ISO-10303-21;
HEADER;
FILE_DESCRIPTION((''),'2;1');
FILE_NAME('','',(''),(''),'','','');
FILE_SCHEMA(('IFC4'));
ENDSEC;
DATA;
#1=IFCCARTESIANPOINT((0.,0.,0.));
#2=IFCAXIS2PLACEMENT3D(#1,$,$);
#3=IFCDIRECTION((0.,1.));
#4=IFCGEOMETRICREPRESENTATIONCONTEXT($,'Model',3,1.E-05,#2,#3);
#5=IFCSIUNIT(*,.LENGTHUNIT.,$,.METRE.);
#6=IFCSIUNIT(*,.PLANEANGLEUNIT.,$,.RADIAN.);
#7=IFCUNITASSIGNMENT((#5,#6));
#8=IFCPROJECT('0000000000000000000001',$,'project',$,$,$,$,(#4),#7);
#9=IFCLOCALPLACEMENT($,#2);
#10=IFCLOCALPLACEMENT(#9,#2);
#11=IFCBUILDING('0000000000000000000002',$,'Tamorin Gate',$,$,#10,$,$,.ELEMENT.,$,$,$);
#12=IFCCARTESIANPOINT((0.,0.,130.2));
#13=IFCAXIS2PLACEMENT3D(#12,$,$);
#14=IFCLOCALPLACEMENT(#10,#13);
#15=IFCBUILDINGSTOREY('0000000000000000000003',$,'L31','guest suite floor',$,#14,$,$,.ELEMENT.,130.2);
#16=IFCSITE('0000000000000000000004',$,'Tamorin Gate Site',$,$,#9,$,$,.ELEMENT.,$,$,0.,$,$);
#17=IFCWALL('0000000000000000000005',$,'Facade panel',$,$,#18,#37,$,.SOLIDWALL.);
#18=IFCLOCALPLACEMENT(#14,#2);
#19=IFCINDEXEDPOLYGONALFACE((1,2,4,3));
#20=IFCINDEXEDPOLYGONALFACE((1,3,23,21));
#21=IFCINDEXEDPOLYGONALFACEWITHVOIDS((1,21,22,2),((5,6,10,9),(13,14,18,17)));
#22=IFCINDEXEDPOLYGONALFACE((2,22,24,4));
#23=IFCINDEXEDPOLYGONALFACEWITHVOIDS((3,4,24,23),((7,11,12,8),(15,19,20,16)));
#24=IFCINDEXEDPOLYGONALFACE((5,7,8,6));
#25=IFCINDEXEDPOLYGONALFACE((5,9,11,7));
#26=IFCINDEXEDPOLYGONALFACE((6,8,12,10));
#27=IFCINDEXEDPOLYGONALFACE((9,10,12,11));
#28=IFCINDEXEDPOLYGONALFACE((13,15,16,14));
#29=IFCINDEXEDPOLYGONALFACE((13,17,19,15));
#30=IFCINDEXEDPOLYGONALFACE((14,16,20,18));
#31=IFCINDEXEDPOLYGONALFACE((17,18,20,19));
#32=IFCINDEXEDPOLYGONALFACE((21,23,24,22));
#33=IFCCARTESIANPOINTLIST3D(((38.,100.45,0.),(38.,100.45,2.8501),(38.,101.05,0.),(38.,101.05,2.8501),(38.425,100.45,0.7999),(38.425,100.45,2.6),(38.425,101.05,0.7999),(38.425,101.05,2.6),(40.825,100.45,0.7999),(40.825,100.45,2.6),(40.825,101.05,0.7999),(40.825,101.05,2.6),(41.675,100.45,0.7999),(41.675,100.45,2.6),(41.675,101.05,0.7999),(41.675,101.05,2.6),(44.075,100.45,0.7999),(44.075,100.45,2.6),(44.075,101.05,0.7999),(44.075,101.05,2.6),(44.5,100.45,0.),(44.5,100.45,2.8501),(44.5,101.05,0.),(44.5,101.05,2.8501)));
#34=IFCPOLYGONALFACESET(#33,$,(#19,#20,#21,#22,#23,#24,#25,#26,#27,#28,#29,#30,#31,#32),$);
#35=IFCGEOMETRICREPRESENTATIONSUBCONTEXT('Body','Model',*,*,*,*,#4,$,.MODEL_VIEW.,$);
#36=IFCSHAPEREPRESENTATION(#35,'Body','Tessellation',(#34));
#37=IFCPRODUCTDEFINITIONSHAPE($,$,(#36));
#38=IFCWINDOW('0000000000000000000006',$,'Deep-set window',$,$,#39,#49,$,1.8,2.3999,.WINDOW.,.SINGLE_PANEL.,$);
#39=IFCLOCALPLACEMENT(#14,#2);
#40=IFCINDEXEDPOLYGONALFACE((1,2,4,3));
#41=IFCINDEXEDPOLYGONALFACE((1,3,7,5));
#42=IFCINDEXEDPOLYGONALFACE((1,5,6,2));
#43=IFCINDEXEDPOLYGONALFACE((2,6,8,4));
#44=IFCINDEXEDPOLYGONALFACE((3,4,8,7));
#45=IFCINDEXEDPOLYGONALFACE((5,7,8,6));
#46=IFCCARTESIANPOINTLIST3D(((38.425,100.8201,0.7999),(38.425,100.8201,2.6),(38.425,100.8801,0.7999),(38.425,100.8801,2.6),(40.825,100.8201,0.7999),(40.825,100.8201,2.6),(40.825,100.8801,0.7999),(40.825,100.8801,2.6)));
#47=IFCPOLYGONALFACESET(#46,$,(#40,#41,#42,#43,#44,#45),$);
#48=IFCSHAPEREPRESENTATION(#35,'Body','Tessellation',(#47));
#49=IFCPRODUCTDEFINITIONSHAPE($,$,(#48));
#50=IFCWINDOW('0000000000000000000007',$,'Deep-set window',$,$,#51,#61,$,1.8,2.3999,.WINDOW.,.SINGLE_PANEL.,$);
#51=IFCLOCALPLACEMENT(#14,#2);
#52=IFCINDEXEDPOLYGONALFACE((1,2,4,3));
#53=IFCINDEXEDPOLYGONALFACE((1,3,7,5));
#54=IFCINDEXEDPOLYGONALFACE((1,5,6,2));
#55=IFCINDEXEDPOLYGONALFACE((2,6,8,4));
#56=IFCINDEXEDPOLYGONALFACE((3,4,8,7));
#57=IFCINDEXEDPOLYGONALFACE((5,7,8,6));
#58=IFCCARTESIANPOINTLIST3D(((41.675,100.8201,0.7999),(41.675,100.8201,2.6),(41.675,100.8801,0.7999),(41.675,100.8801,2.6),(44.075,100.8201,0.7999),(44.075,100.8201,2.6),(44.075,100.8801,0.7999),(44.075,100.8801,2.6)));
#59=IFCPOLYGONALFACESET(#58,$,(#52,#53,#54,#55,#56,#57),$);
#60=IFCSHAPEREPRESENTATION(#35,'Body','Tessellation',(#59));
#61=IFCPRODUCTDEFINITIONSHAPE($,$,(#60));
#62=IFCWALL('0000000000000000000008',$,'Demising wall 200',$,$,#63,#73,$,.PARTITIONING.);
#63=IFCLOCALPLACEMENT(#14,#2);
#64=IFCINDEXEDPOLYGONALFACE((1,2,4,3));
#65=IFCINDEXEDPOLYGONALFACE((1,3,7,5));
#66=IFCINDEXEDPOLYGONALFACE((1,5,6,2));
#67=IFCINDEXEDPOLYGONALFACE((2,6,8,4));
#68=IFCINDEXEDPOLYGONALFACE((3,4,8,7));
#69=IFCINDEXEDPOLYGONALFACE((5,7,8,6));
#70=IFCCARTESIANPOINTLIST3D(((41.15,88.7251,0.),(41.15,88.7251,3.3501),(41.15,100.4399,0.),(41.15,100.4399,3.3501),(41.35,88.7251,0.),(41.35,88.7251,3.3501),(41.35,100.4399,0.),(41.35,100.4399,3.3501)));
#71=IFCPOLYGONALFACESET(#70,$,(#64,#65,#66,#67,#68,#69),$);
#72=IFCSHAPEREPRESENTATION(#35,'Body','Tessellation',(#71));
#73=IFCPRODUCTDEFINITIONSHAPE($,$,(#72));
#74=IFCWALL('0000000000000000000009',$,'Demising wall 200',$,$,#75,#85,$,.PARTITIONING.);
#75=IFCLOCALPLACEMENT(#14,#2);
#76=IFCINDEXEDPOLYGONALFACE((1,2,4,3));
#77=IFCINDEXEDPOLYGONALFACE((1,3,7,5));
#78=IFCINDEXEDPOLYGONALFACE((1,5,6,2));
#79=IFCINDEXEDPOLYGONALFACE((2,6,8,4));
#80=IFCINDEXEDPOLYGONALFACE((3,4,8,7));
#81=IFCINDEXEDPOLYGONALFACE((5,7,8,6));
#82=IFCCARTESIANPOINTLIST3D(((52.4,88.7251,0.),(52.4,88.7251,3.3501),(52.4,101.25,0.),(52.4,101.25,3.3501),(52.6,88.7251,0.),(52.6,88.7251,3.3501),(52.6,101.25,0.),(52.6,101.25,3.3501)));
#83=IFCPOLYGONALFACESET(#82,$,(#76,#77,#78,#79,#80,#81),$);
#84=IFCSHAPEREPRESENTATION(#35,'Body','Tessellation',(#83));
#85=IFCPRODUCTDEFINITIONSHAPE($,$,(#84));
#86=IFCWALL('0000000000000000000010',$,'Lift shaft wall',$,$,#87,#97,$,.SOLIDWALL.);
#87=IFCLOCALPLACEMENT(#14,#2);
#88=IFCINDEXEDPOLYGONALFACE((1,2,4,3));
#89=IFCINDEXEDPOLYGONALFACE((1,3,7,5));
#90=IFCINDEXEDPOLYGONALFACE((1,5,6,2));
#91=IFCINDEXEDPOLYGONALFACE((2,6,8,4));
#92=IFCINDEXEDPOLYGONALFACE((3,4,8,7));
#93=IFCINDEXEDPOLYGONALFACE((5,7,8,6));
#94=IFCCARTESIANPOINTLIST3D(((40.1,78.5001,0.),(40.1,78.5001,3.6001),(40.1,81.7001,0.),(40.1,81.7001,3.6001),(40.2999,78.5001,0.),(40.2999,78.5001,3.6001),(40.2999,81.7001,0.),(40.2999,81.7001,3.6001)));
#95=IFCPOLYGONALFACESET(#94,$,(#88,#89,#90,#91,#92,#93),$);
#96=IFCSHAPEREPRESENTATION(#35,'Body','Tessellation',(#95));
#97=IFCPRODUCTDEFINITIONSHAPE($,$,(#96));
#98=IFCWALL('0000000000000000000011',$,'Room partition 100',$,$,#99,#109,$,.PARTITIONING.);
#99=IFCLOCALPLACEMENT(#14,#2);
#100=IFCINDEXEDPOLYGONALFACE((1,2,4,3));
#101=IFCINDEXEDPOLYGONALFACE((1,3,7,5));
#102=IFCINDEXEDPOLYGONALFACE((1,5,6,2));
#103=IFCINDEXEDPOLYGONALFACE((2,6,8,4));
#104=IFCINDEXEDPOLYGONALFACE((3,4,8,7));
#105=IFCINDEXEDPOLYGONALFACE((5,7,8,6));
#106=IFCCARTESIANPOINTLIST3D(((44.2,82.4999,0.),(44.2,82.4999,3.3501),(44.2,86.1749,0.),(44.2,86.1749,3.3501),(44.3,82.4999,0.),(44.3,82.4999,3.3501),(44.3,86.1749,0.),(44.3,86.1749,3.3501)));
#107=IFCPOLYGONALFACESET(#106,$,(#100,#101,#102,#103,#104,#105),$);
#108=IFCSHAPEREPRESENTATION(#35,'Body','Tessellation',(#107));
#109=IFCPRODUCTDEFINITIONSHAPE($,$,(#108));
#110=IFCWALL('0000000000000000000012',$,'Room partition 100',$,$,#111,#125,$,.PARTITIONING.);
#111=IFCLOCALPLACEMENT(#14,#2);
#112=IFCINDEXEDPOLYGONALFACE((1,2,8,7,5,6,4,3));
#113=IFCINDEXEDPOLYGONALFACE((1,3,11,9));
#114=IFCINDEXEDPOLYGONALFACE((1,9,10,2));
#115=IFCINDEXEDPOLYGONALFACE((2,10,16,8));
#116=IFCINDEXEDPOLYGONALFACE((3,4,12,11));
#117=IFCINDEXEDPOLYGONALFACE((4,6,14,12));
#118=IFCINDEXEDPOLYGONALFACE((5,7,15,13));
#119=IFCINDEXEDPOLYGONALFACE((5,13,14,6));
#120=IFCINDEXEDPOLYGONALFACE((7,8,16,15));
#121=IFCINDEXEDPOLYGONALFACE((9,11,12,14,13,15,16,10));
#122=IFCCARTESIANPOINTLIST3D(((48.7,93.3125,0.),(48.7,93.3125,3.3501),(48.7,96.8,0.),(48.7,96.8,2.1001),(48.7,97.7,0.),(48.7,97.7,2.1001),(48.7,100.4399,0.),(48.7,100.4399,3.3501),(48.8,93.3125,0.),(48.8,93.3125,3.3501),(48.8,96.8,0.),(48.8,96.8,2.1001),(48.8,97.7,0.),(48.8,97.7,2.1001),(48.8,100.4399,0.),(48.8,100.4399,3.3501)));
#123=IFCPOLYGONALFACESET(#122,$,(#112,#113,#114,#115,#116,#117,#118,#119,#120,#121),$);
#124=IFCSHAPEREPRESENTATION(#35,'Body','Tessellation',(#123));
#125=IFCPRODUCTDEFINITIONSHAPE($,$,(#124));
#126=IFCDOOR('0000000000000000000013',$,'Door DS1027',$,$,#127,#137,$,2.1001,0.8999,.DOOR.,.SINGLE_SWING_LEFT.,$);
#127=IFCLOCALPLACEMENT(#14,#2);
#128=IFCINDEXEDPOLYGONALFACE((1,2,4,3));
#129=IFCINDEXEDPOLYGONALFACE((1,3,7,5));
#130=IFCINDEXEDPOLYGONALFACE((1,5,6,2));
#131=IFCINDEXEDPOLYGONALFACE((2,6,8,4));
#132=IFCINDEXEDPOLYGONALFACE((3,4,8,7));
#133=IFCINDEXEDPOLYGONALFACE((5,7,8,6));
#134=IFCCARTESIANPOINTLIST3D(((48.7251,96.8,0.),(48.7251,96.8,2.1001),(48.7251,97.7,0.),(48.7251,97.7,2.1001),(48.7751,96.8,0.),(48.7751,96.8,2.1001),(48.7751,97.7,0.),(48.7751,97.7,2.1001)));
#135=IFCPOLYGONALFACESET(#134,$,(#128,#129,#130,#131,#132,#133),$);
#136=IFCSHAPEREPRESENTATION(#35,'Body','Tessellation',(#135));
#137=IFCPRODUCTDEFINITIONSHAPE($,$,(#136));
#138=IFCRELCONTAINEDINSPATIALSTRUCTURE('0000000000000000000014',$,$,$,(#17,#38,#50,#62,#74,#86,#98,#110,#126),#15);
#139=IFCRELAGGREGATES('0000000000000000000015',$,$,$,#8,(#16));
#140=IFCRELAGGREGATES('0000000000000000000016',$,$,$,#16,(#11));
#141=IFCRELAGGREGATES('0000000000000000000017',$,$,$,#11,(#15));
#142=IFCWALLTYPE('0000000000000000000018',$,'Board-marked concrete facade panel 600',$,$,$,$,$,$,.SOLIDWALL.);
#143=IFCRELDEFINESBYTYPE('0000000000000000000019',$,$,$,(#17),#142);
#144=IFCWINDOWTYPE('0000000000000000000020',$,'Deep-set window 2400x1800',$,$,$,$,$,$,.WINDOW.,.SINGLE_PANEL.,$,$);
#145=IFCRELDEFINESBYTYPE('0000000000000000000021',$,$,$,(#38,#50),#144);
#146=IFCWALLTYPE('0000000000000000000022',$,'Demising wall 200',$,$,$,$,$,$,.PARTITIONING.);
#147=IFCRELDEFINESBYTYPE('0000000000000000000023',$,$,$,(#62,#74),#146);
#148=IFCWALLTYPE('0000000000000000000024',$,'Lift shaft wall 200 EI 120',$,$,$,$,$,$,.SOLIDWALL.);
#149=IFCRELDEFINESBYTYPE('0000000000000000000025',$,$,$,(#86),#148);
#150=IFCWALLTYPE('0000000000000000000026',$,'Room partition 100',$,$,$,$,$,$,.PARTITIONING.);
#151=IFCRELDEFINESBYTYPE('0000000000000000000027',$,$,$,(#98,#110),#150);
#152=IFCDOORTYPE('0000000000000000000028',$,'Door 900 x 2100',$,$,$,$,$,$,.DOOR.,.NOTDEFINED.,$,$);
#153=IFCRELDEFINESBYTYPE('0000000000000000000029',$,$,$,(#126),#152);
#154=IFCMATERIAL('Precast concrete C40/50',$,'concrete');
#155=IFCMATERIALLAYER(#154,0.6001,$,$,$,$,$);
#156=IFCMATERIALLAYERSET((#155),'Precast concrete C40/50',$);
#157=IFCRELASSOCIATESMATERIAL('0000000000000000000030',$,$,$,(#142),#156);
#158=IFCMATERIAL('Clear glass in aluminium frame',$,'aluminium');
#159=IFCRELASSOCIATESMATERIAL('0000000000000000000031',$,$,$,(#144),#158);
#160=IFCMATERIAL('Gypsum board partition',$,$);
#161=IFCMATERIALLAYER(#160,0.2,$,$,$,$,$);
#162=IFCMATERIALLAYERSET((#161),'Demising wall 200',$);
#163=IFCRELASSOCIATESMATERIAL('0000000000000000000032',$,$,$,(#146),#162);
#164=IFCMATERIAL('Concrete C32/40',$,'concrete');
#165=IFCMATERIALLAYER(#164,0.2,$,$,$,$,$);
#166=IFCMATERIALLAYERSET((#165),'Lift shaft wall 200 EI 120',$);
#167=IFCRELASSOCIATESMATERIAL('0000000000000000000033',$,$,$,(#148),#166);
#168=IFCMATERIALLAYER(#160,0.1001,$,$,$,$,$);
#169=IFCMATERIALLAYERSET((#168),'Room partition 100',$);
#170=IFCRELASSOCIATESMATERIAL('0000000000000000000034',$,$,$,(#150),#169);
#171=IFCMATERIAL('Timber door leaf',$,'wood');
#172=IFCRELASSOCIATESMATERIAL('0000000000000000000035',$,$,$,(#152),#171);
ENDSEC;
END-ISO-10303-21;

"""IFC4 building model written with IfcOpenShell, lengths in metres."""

from ifc_helpers import new_model, si_unit, direction, frame, frame_2d, origin, place, context, subcontext, project, spatial, rectangle, extrude, material, layer, layer_set, type_object, element, fill, save


model = new_model("IFC4")

# Units and contexts
model_context = context("Model", 3, precision=1e-05, world=origin(), true_north=direction((0.0, 1.0)))
body_context = subcontext(model_context, "Body", "Model", "MODEL_VIEW")
ifc_project = project(units=[si_unit("LENGTHUNIT", "METRE"), si_unit("PLANEANGLEUNIT", "RADIAN")], contexts=[model_context])

# Site, building, storey
site_placement = place(None, origin())
site = spatial("IfcSite", under=ifc_project, at=site_placement, Name="Tamorin Gate Site", CompositionType="ELEMENT", RefElevation=0.0)
building_placement = place(site_placement, origin())
building = spatial("IfcBuilding", under=site, at=building_placement, Name="Tamorin Gate", CompositionType="ELEMENT")
storey_placement = place(building_placement, frame((0.0, 0.0, 130.2)))
storey = spatial("IfcBuildingStorey", under=building, at=storey_placement, Name="L31", Description="guest suite floor", CompositionType="ELEMENT", Elevation=130.2)

# Wall, openings, windows
ifc_material_1 = material(Name="Precast concrete C40/50", Category="concrete")
ifc_layer_1 = layer(ifc_material_1, 0.6001)
ifc_layer_set_1 = layer_set([ifc_layer_1], Name="Precast concrete C40/50")
wall_type_1 = type_object("IfcWallType", Name="Board-marked concrete facade panel 600", PredefinedType="SOLIDWALL", material=ifc_layer_set_1)
ifc_material_2 = material(Name="Clear glass in aluminium frame", Category="aluminium")
window_type = type_object("IfcWindowType", Name="Deep-set window 2400x1800", PartitioningType="SINGLE_PANEL", PredefinedType="WINDOW", material=ifc_material_2)
wall_1_placement = place(storey_placement, frame((44.5, 100.75, 0.0), z_axis=(0.0, 0.0, 1.0), x_axis=(-1.0, 0.0, 0.0)))
wall_1 = element("IfcWall", 1, at=wall_1_placement, inside=storey, type_object=wall_type_1, Name="Facade panel", PredefinedType="SOLIDWALL", context=body_context, shape_type="SweptSolid", body=[
    extrude(rectangle(XDim=6.5, YDim=0.6001, at=frame_2d((3.25, 0.0))), origin(), (0.0, 0.0, 1.0), 2.8501),
])
opening_1_placement = place(wall_1_placement, frame((3.675, 0.0, 0.8)))
opening_1 = element("IfcOpeningElement", 2, at=opening_1_placement, cuts=wall_1, PredefinedType="OPENING", context=body_context, shape_type="SweptSolid", body=[
    extrude(rectangle(XDim=2.3999, YDim=1.8, at=frame_2d((1.2, 0.8999))), frame((0.0, 0.3101, 0.0), z_axis=(0.0, -1.0, 0.0), x_axis=(1.0, 0.0, 0.0)), (0.0, 0.0, 1.0), 0.6201),
])
opening_2_placement = place(wall_1_placement, frame((0.425, 0.0, 0.8)))
opening_2 = element("IfcOpeningElement", 3, at=opening_2_placement, cuts=wall_1, PredefinedType="OPENING", context=body_context, shape_type="SweptSolid", body=[
    extrude(rectangle(XDim=2.3999, YDim=1.8, at=frame_2d((1.2, 0.8999))), frame((0.0, 0.3101, 0.0), z_axis=(0.0, -1.0, 0.0), x_axis=(1.0, 0.0, 0.0)), (0.0, 0.0, 1.0), 0.6201),
])
window_1_placement = place(opening_1_placement, origin())
window_1 = element("IfcWindow", 4, at=window_1_placement, inside=storey, type_object=window_type, Name="Deep-set window", OverallHeight=1.8, OverallWidth=2.3999, PartitioningType="SINGLE_PANEL", PredefinedType="WINDOW", context=body_context, shape_type="SweptSolid", body=[
    extrude(rectangle(XDim=2.3999, YDim=1.8, at=frame_2d((1.2, 0.8999))), frame((0.0, -0.0701, 0.0), z_axis=(0.0, -1.0, 0.0), x_axis=(1.0, 0.0, 0.0)), (0.0, 0.0, 1.0), 0.0601),
])
fill(opening_1, window_1)
window_2_placement = place(opening_2_placement, origin())
window_2 = element("IfcWindow", 5, at=window_2_placement, inside=storey, type_object=window_type, Name="Deep-set window", OverallHeight=1.8, OverallWidth=2.3999, PartitioningType="SINGLE_PANEL", PredefinedType="WINDOW", context=body_context, shape_type="SweptSolid", body=[
    extrude(rectangle(XDim=2.3999, YDim=1.8, at=frame_2d((1.2, 0.8999))), frame((0.0, -0.0701, 0.0), z_axis=(0.0, -1.0, 0.0), x_axis=(1.0, 0.0, 0.0)), (0.0, 0.0, 1.0), 0.0601),
])
fill(opening_2, window_2)

# Walls
ifc_material_3 = material(Name="Gypsum board partition")
ifc_layer_2 = layer(ifc_material_3, 0.2)
ifc_layer_set_2 = layer_set([ifc_layer_2], Name="Demising wall 200")
wall_type_2 = type_object("IfcWallType", Name="Demising wall 200", PredefinedType="PARTITIONING", material=ifc_layer_set_2)
wall_2_placement = place(storey_placement, frame((41.25, 88.7251, 0.0), z_axis=(0.0, 0.0, 1.0), x_axis=(0.0, 1.0, 0.0)))
element("IfcWall", 6, at=wall_2_placement, inside=storey, type_object=wall_type_2, Name="Demising wall 200", PredefinedType="PARTITIONING", context=body_context, shape_type="SweptSolid", body=[
    extrude(rectangle(XDim=11.7148, YDim=0.2, at=frame_2d((5.8574, 0.0))), origin(), (0.0, 0.0, 1.0), 3.3501),
])
wall_3_placement = place(storey_placement, frame((52.5, 88.7251, 0.0), z_axis=(0.0, 0.0, 1.0), x_axis=(0.0, 1.0, 0.0)))
element("IfcWall", 7, at=wall_3_placement, inside=storey, type_object=wall_type_2, Name="Demising wall 200", PredefinedType="PARTITIONING", context=body_context, shape_type="SweptSolid", body=[
    extrude(rectangle(XDim=12.5249, YDim=0.2, at=frame_2d((6.2625, 0.0))), origin(), (0.0, 0.0, 1.0), 3.3501),
])
ifc_material_4 = material(Name="Concrete C32/40", Category="concrete")
ifc_layer_3 = layer(ifc_material_4, 0.2)
ifc_layer_set_3 = layer_set([ifc_layer_3], Name="Lift shaft wall 200 EI 120")
wall_type_3 = type_object("IfcWallType", Name="Lift shaft wall 200 EI 120", PredefinedType="SOLIDWALL", material=ifc_layer_set_3)
wall_4_placement = place(storey_placement, frame((40.2, 78.5, 0.0), z_axis=(0.0, 0.0, 1.0), x_axis=(0.0, 1.0, 0.0)))
element("IfcWall", 8, at=wall_4_placement, inside=storey, type_object=wall_type_3, Name="Lift shaft wall", PredefinedType="SOLIDWALL", context=body_context, shape_type="SweptSolid", body=[
    extrude(rectangle(XDim=3.2, YDim=0.2, at=frame_2d((1.6001, 0.0))), origin(), (0.0, 0.0, 1.0), 3.6001),
])
ifc_layer_4 = layer(ifc_material_3, 0.1001)
ifc_layer_set_4 = layer_set([ifc_layer_4], Name="Room partition 100")
wall_type_4 = type_object("IfcWallType", Name="Room partition 100", PredefinedType="PARTITIONING", material=ifc_layer_set_4)
wall_5_placement = place(storey_placement, frame((44.25, 82.5, 0.0), z_axis=(0.0, 0.0, 1.0), x_axis=(0.0, 1.0, 0.0)))
element("IfcWall", 9, at=wall_5_placement, inside=storey, type_object=wall_type_4, Name="Room partition 100", PredefinedType="PARTITIONING", context=body_context, shape_type="SweptSolid", body=[
    extrude(rectangle(XDim=3.675, YDim=0.1001, at=frame_2d((1.8374, 0.0))), origin(), (0.0, 0.0, 1.0), 3.3501),
])

# Wall, opening, door
wall_6_placement = place(storey_placement, frame((48.75, 93.3125, 0.0), z_axis=(0.0, 0.0, 1.0), x_axis=(0.0, 1.0, 0.0)))
wall_6 = element("IfcWall", 10, at=wall_6_placement, inside=storey, type_object=wall_type_4, Name="Room partition 100", PredefinedType="PARTITIONING", context=body_context, shape_type="SweptSolid", body=[
    extrude(rectangle(XDim=7.1274, YDim=0.1001, at=frame_2d((3.5637, 0.0))), origin(), (0.0, 0.0, 1.0), 3.3501),
])
opening_3_placement = place(wall_6_placement, frame((3.4875, 0.0, 0.0)))
opening_3 = element("IfcOpeningElement", 11, at=opening_3_placement, cuts=wall_6, PredefinedType="OPENING", context=body_context, shape_type="SweptSolid", body=[
    extrude(rectangle(XDim=0.8999, YDim=2.1001, at=frame_2d((0.45, 1.05))), frame((0.0, 0.0601, 0.0), z_axis=(0.0, -1.0, 0.0), x_axis=(1.0, 0.0, 0.0)), (0.0, 0.0, 1.0), 0.1201),
])
ifc_material_5 = material(Name="Timber door leaf", Category="wood")
door_type = type_object("IfcDoorType", Name="Door 900 x 2100", OperationType="NOTDEFINED", PredefinedType="DOOR", material=ifc_material_5)
door_1_placement = place(opening_3_placement, origin())
door_1 = element("IfcDoor", 12, at=door_1_placement, inside=storey, type_object=door_type, Name="Door DS1027", OperationType="SINGLE_SWING_LEFT", OverallHeight=2.1001, OverallWidth=0.8999, PredefinedType="DOOR", context=body_context, shape_type="SweptSolid", body=[
    extrude(rectangle(XDim=0.8999, YDim=2.1001, at=frame_2d((0.45, 1.05))), frame((0.0, 0.0249, 0.0), z_axis=(0.0, -1.0, 0.0), x_axis=(1.0, 0.0, 0.0)), (0.0, 0.0, 1.0), 0.05),
])
fill(opening_3, door_1)

save(model, "model.ifc")
